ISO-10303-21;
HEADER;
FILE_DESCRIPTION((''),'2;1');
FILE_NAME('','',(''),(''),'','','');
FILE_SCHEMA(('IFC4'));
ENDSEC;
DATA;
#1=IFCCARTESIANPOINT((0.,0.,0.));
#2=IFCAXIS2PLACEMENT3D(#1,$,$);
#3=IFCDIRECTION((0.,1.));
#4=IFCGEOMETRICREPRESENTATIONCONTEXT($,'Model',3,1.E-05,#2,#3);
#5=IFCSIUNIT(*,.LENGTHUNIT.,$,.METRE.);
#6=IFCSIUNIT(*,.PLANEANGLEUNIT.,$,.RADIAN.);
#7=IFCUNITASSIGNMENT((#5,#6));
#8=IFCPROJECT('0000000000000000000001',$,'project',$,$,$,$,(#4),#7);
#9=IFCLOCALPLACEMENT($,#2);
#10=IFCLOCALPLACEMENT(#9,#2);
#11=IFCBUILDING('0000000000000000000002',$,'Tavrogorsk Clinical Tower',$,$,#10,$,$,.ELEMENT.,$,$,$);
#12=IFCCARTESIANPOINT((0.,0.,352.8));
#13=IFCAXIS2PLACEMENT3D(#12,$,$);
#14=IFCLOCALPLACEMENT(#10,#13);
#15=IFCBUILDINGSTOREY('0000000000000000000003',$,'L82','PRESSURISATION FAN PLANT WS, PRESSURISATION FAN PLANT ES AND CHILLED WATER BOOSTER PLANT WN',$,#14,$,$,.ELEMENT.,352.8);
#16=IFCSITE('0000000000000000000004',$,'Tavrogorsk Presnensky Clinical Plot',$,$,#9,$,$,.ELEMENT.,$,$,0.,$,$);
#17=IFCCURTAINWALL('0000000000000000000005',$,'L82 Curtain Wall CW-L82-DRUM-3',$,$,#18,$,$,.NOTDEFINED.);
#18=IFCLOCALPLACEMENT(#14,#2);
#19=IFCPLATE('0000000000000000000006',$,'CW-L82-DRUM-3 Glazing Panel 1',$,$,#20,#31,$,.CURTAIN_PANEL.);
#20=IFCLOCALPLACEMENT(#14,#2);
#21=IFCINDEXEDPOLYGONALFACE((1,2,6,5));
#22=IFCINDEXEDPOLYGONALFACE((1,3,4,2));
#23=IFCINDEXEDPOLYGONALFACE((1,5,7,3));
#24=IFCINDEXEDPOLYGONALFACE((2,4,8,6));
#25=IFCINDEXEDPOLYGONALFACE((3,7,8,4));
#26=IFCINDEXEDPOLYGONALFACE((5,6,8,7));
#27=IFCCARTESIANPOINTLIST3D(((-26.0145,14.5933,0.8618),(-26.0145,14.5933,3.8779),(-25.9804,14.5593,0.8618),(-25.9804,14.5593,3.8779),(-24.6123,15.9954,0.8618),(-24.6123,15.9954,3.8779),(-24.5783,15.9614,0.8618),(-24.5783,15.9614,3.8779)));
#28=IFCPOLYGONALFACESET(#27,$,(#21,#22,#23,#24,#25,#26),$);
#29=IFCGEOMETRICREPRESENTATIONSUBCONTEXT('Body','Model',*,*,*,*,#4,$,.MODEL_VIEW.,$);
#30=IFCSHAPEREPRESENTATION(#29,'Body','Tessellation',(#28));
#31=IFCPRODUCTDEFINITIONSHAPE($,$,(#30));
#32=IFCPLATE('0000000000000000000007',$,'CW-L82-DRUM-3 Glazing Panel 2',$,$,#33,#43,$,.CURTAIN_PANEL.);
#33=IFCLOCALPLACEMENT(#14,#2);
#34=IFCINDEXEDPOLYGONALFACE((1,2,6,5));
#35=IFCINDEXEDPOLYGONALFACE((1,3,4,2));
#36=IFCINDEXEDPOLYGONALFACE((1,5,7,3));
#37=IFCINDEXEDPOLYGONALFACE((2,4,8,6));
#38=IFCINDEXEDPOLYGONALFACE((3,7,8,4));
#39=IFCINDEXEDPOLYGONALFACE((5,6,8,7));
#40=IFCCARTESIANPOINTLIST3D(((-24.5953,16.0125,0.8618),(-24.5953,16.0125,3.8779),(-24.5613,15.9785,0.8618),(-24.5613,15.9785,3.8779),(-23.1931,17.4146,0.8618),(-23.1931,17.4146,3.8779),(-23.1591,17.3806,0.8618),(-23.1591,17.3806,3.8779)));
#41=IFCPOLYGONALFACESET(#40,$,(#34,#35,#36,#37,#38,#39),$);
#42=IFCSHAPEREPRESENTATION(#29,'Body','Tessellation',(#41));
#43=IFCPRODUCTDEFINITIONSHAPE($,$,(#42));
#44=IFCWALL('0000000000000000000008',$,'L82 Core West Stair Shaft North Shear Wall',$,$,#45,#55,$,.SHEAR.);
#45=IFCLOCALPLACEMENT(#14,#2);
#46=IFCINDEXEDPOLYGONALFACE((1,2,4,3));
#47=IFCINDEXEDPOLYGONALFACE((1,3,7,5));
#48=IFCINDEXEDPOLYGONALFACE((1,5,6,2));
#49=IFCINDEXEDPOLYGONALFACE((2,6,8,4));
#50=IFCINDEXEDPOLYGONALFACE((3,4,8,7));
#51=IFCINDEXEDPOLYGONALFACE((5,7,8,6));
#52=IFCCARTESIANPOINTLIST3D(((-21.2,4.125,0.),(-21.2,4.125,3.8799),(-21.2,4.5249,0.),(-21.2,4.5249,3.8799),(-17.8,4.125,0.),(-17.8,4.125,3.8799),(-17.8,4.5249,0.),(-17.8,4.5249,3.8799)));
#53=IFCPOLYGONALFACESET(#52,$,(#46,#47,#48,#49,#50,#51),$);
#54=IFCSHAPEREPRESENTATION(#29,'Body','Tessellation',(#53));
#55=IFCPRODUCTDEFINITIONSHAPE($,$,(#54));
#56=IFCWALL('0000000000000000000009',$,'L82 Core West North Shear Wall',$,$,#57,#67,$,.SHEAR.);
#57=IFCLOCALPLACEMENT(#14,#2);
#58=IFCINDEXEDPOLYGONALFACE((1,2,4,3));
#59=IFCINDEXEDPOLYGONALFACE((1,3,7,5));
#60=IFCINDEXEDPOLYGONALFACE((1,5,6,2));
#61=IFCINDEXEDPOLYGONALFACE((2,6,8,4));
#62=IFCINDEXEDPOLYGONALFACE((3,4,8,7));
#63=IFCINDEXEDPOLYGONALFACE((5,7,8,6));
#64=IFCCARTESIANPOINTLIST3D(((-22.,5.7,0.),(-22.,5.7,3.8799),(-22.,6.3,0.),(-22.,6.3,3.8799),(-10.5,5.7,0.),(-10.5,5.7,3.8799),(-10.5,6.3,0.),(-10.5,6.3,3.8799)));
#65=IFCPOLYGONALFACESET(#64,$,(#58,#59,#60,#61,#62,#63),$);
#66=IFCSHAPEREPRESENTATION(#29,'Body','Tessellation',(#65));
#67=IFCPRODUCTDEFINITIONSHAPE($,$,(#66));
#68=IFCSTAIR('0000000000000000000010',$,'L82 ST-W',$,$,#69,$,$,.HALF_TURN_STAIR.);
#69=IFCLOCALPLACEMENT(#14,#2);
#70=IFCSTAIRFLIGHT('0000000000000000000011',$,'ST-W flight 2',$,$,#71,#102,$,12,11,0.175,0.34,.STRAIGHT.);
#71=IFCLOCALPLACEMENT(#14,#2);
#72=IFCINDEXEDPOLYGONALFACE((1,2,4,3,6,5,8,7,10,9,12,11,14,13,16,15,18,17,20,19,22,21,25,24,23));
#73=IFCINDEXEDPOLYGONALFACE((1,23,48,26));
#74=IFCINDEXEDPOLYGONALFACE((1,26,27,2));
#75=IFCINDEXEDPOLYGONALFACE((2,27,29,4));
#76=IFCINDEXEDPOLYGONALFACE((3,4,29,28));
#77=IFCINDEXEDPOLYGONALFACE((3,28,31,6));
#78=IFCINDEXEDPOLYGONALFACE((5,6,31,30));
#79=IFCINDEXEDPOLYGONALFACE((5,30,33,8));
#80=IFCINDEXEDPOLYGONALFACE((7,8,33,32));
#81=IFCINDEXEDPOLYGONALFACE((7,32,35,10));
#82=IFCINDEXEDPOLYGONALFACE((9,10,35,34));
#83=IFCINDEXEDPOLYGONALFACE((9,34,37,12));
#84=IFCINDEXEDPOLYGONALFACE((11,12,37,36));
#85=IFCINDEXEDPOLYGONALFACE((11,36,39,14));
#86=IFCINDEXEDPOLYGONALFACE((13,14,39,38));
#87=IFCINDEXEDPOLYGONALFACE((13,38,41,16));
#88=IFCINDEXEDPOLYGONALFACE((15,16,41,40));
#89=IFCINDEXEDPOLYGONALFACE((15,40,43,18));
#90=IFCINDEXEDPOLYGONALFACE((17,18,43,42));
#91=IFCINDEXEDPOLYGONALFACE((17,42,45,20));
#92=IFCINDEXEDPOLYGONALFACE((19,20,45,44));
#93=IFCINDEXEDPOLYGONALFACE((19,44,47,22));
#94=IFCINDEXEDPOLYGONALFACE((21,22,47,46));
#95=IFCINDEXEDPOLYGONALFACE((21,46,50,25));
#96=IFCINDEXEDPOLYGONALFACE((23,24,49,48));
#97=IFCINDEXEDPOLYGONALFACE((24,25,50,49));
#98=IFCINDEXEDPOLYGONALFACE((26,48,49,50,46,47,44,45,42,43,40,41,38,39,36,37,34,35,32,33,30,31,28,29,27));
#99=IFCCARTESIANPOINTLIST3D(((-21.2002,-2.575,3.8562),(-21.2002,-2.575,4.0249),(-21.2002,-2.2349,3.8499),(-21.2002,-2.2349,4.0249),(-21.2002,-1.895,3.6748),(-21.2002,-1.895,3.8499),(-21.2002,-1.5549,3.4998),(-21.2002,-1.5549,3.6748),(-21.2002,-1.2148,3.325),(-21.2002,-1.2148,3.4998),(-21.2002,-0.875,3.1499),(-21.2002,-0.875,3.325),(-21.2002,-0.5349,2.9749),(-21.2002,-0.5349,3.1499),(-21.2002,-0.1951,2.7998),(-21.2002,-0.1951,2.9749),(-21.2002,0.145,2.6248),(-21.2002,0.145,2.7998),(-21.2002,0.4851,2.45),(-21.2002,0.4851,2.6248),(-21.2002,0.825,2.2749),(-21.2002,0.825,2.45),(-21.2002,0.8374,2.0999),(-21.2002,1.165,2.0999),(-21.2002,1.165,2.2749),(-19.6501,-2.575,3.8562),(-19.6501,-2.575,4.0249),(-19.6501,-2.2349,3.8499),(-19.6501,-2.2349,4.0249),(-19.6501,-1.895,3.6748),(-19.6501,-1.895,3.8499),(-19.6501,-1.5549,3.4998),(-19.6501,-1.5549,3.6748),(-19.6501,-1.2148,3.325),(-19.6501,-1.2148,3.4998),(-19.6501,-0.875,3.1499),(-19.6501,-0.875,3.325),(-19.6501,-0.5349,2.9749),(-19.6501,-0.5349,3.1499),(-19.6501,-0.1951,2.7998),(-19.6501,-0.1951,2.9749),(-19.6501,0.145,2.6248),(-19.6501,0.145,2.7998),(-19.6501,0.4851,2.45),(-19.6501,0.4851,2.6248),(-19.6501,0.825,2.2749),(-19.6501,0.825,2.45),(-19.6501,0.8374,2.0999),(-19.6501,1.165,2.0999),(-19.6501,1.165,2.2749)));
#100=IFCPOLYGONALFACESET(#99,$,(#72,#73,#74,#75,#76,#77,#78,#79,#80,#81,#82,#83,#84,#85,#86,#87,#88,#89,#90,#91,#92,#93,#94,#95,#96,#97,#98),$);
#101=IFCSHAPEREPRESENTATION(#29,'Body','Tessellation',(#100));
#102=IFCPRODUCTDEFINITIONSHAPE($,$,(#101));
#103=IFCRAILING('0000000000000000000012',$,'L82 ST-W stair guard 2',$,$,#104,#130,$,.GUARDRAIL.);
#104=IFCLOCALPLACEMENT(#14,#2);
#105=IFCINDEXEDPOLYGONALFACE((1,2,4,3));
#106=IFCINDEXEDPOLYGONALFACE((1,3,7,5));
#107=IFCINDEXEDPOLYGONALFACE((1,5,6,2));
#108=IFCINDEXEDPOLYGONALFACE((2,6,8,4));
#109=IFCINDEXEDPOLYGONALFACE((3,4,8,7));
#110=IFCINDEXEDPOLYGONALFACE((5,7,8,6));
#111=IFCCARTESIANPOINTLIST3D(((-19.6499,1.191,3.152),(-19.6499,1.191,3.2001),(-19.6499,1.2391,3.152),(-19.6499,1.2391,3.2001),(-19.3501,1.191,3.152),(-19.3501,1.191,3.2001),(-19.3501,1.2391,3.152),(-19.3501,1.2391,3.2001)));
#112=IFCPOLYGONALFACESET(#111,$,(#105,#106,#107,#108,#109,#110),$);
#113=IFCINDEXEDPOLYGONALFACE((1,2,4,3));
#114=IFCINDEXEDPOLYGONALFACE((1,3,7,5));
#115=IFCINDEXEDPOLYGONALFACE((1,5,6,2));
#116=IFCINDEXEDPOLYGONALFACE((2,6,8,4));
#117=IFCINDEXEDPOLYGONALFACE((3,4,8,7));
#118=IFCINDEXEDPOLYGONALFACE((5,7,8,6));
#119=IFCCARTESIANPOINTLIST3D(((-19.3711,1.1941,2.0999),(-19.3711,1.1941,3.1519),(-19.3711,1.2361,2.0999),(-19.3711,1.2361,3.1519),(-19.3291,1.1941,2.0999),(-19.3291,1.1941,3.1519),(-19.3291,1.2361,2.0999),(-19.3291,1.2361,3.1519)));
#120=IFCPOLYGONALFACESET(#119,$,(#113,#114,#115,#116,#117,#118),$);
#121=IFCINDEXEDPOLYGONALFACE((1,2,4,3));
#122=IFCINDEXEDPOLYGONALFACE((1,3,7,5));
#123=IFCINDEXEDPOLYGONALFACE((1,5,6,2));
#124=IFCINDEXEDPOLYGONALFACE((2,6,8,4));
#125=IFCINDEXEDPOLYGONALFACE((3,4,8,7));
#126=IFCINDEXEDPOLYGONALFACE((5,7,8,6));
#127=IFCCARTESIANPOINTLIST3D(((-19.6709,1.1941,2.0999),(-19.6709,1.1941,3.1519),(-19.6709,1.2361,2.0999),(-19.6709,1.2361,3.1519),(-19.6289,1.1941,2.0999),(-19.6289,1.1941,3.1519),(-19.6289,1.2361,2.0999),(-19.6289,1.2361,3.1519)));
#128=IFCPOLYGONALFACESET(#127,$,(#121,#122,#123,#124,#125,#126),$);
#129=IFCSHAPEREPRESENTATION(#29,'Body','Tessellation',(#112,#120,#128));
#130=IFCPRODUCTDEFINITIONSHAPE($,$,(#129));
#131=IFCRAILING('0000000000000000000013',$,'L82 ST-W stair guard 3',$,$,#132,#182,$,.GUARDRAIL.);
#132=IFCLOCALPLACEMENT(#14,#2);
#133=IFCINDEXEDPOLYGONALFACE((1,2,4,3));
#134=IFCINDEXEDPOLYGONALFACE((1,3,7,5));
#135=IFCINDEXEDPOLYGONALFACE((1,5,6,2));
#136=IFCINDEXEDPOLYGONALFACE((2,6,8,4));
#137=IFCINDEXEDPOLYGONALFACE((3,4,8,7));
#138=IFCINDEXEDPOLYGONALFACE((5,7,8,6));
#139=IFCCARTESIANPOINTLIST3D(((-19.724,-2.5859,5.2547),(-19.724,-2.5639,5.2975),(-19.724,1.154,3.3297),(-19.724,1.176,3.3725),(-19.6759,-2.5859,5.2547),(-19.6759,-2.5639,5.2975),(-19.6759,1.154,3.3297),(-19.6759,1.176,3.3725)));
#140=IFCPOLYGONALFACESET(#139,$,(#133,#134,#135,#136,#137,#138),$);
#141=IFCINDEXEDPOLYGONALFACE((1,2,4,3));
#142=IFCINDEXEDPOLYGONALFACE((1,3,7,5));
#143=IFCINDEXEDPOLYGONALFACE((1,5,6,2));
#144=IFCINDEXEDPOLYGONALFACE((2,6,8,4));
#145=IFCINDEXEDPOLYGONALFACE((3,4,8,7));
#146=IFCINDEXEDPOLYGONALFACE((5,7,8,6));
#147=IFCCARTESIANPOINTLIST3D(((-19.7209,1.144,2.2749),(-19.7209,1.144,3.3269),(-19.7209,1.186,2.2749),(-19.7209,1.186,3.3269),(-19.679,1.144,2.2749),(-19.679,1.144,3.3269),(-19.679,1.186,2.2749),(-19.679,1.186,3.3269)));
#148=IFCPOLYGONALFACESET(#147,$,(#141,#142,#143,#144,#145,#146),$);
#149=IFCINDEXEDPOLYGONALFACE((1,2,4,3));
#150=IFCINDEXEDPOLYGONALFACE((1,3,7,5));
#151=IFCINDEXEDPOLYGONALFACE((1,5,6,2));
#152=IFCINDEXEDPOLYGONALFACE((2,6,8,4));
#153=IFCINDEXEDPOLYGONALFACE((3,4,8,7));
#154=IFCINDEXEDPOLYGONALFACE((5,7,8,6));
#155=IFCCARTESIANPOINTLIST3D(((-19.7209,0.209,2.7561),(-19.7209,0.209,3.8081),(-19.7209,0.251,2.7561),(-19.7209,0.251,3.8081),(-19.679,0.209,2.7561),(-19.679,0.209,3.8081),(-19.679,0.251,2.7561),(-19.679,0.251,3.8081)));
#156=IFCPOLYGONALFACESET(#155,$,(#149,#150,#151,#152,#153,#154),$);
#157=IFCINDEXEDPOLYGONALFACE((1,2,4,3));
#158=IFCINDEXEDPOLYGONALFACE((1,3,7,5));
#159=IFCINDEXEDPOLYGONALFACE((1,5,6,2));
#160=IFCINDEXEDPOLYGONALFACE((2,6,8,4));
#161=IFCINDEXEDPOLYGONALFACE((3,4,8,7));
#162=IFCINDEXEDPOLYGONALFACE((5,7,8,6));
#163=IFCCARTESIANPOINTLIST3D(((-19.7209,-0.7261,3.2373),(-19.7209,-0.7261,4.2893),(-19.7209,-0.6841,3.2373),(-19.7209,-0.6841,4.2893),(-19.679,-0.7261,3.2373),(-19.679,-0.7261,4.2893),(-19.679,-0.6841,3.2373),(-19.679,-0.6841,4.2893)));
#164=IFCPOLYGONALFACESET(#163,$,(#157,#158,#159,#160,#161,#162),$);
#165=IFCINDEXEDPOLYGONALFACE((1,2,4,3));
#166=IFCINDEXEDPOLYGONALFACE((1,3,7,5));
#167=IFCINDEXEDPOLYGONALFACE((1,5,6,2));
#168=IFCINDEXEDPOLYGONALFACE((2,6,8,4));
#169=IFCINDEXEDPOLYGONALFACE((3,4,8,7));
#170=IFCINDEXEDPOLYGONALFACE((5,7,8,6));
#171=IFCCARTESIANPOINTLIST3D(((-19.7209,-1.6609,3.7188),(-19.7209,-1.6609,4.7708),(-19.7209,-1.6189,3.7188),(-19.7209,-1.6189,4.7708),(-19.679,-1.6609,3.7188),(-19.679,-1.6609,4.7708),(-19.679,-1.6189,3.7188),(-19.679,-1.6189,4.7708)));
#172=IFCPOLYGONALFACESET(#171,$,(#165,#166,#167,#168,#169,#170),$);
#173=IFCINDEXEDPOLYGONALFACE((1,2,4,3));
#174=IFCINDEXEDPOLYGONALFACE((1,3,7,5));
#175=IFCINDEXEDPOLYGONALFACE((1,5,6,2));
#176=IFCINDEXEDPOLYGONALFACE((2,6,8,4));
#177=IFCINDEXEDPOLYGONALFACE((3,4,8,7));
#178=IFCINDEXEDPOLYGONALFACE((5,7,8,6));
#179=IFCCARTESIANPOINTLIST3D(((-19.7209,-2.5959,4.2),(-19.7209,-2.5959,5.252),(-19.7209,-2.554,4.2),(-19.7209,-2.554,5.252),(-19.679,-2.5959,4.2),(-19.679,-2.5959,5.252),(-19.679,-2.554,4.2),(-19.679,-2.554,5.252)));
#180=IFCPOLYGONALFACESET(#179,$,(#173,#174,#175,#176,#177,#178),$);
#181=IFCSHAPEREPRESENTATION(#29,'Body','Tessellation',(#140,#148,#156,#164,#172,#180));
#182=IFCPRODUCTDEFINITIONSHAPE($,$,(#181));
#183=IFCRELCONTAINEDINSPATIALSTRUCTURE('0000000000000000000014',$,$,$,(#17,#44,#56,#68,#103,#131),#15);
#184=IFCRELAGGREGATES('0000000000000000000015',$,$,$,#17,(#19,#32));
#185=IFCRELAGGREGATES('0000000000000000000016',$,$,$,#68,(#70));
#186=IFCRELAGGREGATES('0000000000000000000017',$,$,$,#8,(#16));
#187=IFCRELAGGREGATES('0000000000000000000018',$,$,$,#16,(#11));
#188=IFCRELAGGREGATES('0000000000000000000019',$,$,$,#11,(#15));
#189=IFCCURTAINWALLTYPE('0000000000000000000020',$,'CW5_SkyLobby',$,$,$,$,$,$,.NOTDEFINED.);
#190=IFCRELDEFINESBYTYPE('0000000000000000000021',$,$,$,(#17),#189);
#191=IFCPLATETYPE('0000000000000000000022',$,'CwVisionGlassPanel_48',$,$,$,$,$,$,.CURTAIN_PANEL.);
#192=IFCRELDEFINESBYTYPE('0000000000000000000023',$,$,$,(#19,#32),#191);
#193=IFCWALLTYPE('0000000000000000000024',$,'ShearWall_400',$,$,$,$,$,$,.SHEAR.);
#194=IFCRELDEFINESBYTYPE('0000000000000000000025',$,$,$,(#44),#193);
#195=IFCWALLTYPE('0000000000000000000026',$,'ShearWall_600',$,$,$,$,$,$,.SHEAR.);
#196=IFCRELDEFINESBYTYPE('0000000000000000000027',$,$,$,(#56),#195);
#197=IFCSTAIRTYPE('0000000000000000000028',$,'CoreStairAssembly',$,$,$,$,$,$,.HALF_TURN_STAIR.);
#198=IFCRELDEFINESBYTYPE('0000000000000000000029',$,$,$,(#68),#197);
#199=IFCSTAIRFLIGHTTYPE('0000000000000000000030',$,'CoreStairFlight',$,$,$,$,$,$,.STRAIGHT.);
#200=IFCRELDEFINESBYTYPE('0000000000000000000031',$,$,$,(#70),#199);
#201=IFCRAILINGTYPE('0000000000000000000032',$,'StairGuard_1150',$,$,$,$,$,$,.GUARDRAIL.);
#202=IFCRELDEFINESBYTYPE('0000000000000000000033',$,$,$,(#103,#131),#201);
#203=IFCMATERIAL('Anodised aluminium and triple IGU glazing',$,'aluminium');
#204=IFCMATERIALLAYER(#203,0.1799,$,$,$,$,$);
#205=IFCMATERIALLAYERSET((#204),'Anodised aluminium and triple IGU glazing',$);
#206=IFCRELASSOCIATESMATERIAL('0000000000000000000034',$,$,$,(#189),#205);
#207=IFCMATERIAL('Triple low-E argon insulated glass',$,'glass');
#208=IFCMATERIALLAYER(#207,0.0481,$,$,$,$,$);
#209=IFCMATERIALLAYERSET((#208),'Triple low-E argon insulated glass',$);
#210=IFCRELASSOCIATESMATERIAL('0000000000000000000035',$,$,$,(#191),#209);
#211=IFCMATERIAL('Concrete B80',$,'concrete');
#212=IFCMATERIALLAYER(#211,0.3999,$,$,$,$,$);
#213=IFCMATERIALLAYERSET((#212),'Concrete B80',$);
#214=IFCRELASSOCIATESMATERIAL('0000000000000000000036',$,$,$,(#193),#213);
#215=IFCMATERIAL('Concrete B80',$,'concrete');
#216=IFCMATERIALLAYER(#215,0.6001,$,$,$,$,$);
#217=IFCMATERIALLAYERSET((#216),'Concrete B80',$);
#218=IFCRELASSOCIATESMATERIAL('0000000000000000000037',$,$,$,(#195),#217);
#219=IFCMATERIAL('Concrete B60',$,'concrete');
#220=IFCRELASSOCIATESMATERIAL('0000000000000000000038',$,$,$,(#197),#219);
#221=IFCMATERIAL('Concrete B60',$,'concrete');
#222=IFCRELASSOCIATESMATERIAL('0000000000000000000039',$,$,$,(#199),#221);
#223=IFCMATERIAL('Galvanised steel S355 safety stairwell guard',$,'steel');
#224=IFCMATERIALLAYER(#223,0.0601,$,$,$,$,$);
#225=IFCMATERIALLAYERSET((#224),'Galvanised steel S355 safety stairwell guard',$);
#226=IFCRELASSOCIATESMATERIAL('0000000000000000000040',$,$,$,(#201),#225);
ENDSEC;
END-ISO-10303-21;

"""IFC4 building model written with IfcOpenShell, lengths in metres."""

from ifc_helpers import new_model, si_unit, direction, frame, frame_2d, origin, origin_2d, place, context, subcontext, project, spatial, polyline, rectangle, outline, extrude, material, layer, layer_set, type_object, element, aggregate, save


model = new_model("IFC4")

# Units and contexts
model_context = context("Model", 3, precision=1e-05, world=origin(), true_north=direction((0.0, 1.0)))
body_context = subcontext(model_context, "Body", "Model", "MODEL_VIEW")
ifc_project = project(units=[si_unit("LENGTHUNIT", "METRE"), si_unit("PLANEANGLEUNIT", "RADIAN")], contexts=[model_context])

# Site, building, storey
site_placement = place(None, origin())
site = spatial("IfcSite", under=ifc_project, at=site_placement, Name="Tavrogorsk Presnensky Clinical Plot", CompositionType="ELEMENT", RefElevation=0.0)
building_placement = place(site_placement, origin())
building = spatial("IfcBuilding", under=site, at=building_placement, Name="Tavrogorsk Clinical Tower", CompositionType="ELEMENT")
storey_placement = place(building_placement, frame((0.0, 0.0, 352.8)))
storey = spatial("IfcBuildingStorey", under=building, at=storey_placement, Name="L82", Description="PRESSURISATION FAN PLANT WS, PRESSURISATION FAN PLANT ES AND CHILLED WATER BOOSTER PLANT WN", CompositionType="ELEMENT", Elevation=352.8)

# Curtain wall
ifc_material_1 = material(Name="Anodised aluminium and triple IGU glazing", Category="aluminium")
ifc_layer_1 = layer(ifc_material_1, 0.1799)
ifc_layer_set_1 = layer_set([ifc_layer_1], Name="Anodised aluminium and triple IGU glazing")
curtain_wall_type = type_object("IfcCurtainWallType", Name="CW5_SkyLobby", PredefinedType="NOTDEFINED", material=ifc_layer_set_1)
curtain_wall_1_placement = place(storey_placement, origin())
curtain_wall_1 = element("IfcCurtainWall", 1, at=curtain_wall_1_placement, inside=storey, type_object=curtain_wall_type, Name="L82 Curtain Wall CW-L82-DRUM-3", PredefinedType="NOTDEFINED")

# Plates
ifc_material_2 = material(Name="Triple low-E argon insulated glass", Category="glass")
ifc_layer_2 = layer(ifc_material_2, 0.0481)
ifc_layer_set_2 = layer_set([ifc_layer_2], Name="Triple low-E argon insulated glass")
plate_type_1 = type_object("IfcPlateType", Name="CwVisionGlassPanel_48", PredefinedType="CURTAIN_PANEL", material=ifc_layer_set_2)
plate_1_placement = place(storey_placement, frame((-25.2964, 15.2773, 0.8618), z_axis=(0.0, 0.0, 1.0), x_axis=(0.707107, 0.707107, 0.0)))
plate_1 = element("IfcPlate", 2, at=plate_1_placement, type_object=plate_type_1, Name="CW-L82-DRUM-3 Glazing Panel 1", PredefinedType="CURTAIN_PANEL", context=body_context, shape_type="SweptSolid", body=[
    extrude(rectangle(XDim=1.9829, YDim=0.0481, at=origin_2d()), origin(), (0.0, 0.0, 1.0), 3.0161),
])
plate_2_placement = place(storey_placement, frame((-23.8772, 16.6965, 0.8618), z_axis=(0.0, 0.0, 1.0), x_axis=(0.707107, 0.707107, 0.0)))
plate_2 = element("IfcPlate", 3, at=plate_2_placement, type_object=plate_type_1, Name="CW-L82-DRUM-3 Glazing Panel 2", PredefinedType="CURTAIN_PANEL", context=body_context, shape_type="SweptSolid", body=[
    extrude(rectangle(XDim=1.9829, YDim=0.0481, at=origin_2d()), origin(), (0.0, 0.0, 1.0), 3.0161),
])
aggregate(curtain_wall_1, [plate_1, plate_2])

# Walls
ifc_material_3 = material(Name="Concrete B80", Category="concrete")
ifc_layer_3 = layer(ifc_material_3, 0.3999)
ifc_layer_set_3 = layer_set([ifc_layer_3], Name="Concrete B80")
wall_type_1 = type_object("IfcWallType", Name="ShearWall_400", PredefinedType="SHEAR", material=ifc_layer_set_3)
wall_1_placement = place(storey_placement, frame((-21.2, 4.325, 0.0), z_axis=(0.0, 0.0, 1.0), x_axis=(1.0, 0.0, 0.0)))
element("IfcWall", 4, at=wall_1_placement, inside=storey, type_object=wall_type_1, Name="L82 Core West Stair Shaft North Shear Wall", PredefinedType="SHEAR", context=body_context, shape_type="SweptSolid", body=[
    extrude(rectangle(XDim=3.3999, YDim=0.3999, at=frame_2d((1.7, 0.0))), origin(), (0.0, 0.0, 1.0), 3.8799),
])
ifc_material_4 = material(Name="Concrete B80", Category="concrete")
ifc_layer_4 = layer(ifc_material_4, 0.6001)
ifc_layer_set_4 = layer_set([ifc_layer_4], Name="Concrete B80")
wall_type_2 = type_object("IfcWallType", Name="ShearWall_600", PredefinedType="SHEAR", material=ifc_layer_set_4)
wall_2_placement = place(storey_placement, frame((-22.0, 6.0, 0.0), z_axis=(0.0, 0.0, 1.0), x_axis=(1.0, 0.0, 0.0)))
element("IfcWall", 5, at=wall_2_placement, inside=storey, type_object=wall_type_2, Name="L82 Core West North Shear Wall", PredefinedType="SHEAR", context=body_context, shape_type="SweptSolid", body=[
    extrude(rectangle(XDim=11.5, YDim=0.6001, at=frame_2d((5.75, 0.0))), origin(), (0.0, 0.0, 1.0), 3.8799),
])

# Stair, stair flight
ifc_material_5 = material(Name="Concrete B60", Category="concrete")
stair_type = type_object("IfcStairType", Name="CoreStairAssembly", PredefinedType="HALF_TURN_STAIR", material=ifc_material_5)
stair_placement = place(storey_placement, origin())
stair = element("IfcStair", 6, at=stair_placement, inside=storey, type_object=stair_type, Name="L82 ST-W", PredefinedType="HALF_TURN_STAIR")
ifc_material_6 = material(Name="Concrete B60", Category="concrete")
stair_flight_type = type_object("IfcStairFlightType", Name="CoreStairFlight", PredefinedType="STRAIGHT", material=ifc_material_6)
stair_flight_placement = place(storey_placement, frame((-20.425, 1.165, 2.0999), z_axis=(0.0, 0.0, 1.0), x_axis=(0.0, -1.0, 0.0)))
stair_flight = element("IfcStairFlight", 7, at=stair_flight_placement, type_object=stair_flight_type, Name="ST-W flight 2", NumberOfRisers=12, NumberOfTreads=11, PredefinedType="STRAIGHT", RiserHeight=0.175, TreadLength=0.34, context=body_context, shape_type="SweptSolid", body=[
    extrude(outline(polyline([(0.0, 0.0), (0.0, 0.175), (0.3401, 0.175), (0.3401, 0.3501), (0.6799, 0.3501), (0.6799, 0.5249), (1.02, 0.5249), (1.02, 0.7), (1.3601, 0.7), (1.3601, 0.875), (1.7, 0.875), (1.7, 1.05), (2.04, 1.05), (2.04, 1.2251), (2.3799, 1.2251), (2.3799, 1.3999), (2.72, 1.3999), (2.72, 1.575), (3.0601, 1.575), (3.0601, 1.75), (3.3999, 1.75), (3.3999, 1.925), (3.74, 1.925), (3.74, 2.1001), (3.74, 1.7563), (0.3276, 0.0), (0.0, 0.0)])), frame((0.0, 0.7749, 0.0), z_axis=(0.0, -1.0, 0.0), x_axis=(1.0, 0.0, 0.0)), (0.0, 0.0, 1.0), 1.55),
])
aggregate(stair, [stair_flight])

# Railings
ifc_material_7 = material(Name="Galvanised steel S355 safety stairwell guard", Category="steel")
ifc_layer_5 = layer(ifc_material_7, 0.0601)
ifc_layer_set_5 = layer_set([ifc_layer_5], Name="Galvanised steel S355 safety stairwell guard")
railing_type_1 = type_object("IfcRailingType", Name="StairGuard_1150", PredefinedType="GUARDRAIL", material=ifc_layer_set_5)
railing_1_placement = place(storey_placement, frame((-19.3501, 1.2151, 2.0999)))
element("IfcRailing", 8, at=railing_1_placement, inside=storey, type_object=railing_type_1, Name="L82 ST-W stair guard 2", PredefinedType="GUARDRAIL", context=body_context, shape_type="SweptSolid", body=[
    extrude(rectangle(XDim=0.0481, YDim=0.0481, at=origin_2d()), frame((0.0, 0.0, 1.0762), z_axis=(-1.0, 0.0, 0.0), x_axis=(0.0, -1.0, 0.0)), (0.0, 0.0, 1.0), 0.2998),
    extrude(rectangle(XDim=0.042, YDim=0.042, at=origin_2d()), origin(), (0.0, 0.0, 1.0), 1.052),
    extrude(rectangle(XDim=0.042, YDim=0.042, at=origin_2d()), frame((-0.2998, 0.0, 0.0)), (0.0, 0.0, 1.0), 1.052),
])
railing_2_placement = place(storey_placement, frame((-19.7, 1.165, 2.2749)))
element("IfcRailing", 9, at=railing_2_placement, inside=storey, type_object=railing_type_1, Name="L82 ST-W stair guard 3", PredefinedType="GUARDRAIL", context=body_context, shape_type="SweptSolid", body=[
    extrude(rectangle(XDim=0.0481, YDim=0.0481, at=origin_2d()), frame((0.0, 0.0, 1.0762), z_axis=(0.0, -0.889131, 0.457654), x_axis=(1.0, 0.0, 0.0)), (0.0, 0.0, 1.0), 4.2063),
    extrude(rectangle(XDim=0.042, YDim=0.042, at=origin_2d()), origin(), (0.0, 0.0, 1.0), 1.052),
    extrude(rectangle(XDim=0.042, YDim=0.042, at=origin_2d()), frame((0.0, -0.9351, 0.4812)), (0.0, 0.0, 1.0), 1.052),
    extrude(rectangle(XDim=0.042, YDim=0.042, at=origin_2d()), frame((0.0, -1.8701, 0.9624)), (0.0, 0.0, 1.0), 1.052),
    extrude(rectangle(XDim=0.042, YDim=0.042, at=origin_2d()), frame((0.0, -2.8049, 1.4438)), (0.0, 0.0, 1.0), 1.052),
    extrude(rectangle(XDim=0.042, YDim=0.042, at=origin_2d()), frame((0.0, -3.74, 1.925)), (0.0, 0.0, 1.0), 1.052),
])

save(model, "model.ifc")
